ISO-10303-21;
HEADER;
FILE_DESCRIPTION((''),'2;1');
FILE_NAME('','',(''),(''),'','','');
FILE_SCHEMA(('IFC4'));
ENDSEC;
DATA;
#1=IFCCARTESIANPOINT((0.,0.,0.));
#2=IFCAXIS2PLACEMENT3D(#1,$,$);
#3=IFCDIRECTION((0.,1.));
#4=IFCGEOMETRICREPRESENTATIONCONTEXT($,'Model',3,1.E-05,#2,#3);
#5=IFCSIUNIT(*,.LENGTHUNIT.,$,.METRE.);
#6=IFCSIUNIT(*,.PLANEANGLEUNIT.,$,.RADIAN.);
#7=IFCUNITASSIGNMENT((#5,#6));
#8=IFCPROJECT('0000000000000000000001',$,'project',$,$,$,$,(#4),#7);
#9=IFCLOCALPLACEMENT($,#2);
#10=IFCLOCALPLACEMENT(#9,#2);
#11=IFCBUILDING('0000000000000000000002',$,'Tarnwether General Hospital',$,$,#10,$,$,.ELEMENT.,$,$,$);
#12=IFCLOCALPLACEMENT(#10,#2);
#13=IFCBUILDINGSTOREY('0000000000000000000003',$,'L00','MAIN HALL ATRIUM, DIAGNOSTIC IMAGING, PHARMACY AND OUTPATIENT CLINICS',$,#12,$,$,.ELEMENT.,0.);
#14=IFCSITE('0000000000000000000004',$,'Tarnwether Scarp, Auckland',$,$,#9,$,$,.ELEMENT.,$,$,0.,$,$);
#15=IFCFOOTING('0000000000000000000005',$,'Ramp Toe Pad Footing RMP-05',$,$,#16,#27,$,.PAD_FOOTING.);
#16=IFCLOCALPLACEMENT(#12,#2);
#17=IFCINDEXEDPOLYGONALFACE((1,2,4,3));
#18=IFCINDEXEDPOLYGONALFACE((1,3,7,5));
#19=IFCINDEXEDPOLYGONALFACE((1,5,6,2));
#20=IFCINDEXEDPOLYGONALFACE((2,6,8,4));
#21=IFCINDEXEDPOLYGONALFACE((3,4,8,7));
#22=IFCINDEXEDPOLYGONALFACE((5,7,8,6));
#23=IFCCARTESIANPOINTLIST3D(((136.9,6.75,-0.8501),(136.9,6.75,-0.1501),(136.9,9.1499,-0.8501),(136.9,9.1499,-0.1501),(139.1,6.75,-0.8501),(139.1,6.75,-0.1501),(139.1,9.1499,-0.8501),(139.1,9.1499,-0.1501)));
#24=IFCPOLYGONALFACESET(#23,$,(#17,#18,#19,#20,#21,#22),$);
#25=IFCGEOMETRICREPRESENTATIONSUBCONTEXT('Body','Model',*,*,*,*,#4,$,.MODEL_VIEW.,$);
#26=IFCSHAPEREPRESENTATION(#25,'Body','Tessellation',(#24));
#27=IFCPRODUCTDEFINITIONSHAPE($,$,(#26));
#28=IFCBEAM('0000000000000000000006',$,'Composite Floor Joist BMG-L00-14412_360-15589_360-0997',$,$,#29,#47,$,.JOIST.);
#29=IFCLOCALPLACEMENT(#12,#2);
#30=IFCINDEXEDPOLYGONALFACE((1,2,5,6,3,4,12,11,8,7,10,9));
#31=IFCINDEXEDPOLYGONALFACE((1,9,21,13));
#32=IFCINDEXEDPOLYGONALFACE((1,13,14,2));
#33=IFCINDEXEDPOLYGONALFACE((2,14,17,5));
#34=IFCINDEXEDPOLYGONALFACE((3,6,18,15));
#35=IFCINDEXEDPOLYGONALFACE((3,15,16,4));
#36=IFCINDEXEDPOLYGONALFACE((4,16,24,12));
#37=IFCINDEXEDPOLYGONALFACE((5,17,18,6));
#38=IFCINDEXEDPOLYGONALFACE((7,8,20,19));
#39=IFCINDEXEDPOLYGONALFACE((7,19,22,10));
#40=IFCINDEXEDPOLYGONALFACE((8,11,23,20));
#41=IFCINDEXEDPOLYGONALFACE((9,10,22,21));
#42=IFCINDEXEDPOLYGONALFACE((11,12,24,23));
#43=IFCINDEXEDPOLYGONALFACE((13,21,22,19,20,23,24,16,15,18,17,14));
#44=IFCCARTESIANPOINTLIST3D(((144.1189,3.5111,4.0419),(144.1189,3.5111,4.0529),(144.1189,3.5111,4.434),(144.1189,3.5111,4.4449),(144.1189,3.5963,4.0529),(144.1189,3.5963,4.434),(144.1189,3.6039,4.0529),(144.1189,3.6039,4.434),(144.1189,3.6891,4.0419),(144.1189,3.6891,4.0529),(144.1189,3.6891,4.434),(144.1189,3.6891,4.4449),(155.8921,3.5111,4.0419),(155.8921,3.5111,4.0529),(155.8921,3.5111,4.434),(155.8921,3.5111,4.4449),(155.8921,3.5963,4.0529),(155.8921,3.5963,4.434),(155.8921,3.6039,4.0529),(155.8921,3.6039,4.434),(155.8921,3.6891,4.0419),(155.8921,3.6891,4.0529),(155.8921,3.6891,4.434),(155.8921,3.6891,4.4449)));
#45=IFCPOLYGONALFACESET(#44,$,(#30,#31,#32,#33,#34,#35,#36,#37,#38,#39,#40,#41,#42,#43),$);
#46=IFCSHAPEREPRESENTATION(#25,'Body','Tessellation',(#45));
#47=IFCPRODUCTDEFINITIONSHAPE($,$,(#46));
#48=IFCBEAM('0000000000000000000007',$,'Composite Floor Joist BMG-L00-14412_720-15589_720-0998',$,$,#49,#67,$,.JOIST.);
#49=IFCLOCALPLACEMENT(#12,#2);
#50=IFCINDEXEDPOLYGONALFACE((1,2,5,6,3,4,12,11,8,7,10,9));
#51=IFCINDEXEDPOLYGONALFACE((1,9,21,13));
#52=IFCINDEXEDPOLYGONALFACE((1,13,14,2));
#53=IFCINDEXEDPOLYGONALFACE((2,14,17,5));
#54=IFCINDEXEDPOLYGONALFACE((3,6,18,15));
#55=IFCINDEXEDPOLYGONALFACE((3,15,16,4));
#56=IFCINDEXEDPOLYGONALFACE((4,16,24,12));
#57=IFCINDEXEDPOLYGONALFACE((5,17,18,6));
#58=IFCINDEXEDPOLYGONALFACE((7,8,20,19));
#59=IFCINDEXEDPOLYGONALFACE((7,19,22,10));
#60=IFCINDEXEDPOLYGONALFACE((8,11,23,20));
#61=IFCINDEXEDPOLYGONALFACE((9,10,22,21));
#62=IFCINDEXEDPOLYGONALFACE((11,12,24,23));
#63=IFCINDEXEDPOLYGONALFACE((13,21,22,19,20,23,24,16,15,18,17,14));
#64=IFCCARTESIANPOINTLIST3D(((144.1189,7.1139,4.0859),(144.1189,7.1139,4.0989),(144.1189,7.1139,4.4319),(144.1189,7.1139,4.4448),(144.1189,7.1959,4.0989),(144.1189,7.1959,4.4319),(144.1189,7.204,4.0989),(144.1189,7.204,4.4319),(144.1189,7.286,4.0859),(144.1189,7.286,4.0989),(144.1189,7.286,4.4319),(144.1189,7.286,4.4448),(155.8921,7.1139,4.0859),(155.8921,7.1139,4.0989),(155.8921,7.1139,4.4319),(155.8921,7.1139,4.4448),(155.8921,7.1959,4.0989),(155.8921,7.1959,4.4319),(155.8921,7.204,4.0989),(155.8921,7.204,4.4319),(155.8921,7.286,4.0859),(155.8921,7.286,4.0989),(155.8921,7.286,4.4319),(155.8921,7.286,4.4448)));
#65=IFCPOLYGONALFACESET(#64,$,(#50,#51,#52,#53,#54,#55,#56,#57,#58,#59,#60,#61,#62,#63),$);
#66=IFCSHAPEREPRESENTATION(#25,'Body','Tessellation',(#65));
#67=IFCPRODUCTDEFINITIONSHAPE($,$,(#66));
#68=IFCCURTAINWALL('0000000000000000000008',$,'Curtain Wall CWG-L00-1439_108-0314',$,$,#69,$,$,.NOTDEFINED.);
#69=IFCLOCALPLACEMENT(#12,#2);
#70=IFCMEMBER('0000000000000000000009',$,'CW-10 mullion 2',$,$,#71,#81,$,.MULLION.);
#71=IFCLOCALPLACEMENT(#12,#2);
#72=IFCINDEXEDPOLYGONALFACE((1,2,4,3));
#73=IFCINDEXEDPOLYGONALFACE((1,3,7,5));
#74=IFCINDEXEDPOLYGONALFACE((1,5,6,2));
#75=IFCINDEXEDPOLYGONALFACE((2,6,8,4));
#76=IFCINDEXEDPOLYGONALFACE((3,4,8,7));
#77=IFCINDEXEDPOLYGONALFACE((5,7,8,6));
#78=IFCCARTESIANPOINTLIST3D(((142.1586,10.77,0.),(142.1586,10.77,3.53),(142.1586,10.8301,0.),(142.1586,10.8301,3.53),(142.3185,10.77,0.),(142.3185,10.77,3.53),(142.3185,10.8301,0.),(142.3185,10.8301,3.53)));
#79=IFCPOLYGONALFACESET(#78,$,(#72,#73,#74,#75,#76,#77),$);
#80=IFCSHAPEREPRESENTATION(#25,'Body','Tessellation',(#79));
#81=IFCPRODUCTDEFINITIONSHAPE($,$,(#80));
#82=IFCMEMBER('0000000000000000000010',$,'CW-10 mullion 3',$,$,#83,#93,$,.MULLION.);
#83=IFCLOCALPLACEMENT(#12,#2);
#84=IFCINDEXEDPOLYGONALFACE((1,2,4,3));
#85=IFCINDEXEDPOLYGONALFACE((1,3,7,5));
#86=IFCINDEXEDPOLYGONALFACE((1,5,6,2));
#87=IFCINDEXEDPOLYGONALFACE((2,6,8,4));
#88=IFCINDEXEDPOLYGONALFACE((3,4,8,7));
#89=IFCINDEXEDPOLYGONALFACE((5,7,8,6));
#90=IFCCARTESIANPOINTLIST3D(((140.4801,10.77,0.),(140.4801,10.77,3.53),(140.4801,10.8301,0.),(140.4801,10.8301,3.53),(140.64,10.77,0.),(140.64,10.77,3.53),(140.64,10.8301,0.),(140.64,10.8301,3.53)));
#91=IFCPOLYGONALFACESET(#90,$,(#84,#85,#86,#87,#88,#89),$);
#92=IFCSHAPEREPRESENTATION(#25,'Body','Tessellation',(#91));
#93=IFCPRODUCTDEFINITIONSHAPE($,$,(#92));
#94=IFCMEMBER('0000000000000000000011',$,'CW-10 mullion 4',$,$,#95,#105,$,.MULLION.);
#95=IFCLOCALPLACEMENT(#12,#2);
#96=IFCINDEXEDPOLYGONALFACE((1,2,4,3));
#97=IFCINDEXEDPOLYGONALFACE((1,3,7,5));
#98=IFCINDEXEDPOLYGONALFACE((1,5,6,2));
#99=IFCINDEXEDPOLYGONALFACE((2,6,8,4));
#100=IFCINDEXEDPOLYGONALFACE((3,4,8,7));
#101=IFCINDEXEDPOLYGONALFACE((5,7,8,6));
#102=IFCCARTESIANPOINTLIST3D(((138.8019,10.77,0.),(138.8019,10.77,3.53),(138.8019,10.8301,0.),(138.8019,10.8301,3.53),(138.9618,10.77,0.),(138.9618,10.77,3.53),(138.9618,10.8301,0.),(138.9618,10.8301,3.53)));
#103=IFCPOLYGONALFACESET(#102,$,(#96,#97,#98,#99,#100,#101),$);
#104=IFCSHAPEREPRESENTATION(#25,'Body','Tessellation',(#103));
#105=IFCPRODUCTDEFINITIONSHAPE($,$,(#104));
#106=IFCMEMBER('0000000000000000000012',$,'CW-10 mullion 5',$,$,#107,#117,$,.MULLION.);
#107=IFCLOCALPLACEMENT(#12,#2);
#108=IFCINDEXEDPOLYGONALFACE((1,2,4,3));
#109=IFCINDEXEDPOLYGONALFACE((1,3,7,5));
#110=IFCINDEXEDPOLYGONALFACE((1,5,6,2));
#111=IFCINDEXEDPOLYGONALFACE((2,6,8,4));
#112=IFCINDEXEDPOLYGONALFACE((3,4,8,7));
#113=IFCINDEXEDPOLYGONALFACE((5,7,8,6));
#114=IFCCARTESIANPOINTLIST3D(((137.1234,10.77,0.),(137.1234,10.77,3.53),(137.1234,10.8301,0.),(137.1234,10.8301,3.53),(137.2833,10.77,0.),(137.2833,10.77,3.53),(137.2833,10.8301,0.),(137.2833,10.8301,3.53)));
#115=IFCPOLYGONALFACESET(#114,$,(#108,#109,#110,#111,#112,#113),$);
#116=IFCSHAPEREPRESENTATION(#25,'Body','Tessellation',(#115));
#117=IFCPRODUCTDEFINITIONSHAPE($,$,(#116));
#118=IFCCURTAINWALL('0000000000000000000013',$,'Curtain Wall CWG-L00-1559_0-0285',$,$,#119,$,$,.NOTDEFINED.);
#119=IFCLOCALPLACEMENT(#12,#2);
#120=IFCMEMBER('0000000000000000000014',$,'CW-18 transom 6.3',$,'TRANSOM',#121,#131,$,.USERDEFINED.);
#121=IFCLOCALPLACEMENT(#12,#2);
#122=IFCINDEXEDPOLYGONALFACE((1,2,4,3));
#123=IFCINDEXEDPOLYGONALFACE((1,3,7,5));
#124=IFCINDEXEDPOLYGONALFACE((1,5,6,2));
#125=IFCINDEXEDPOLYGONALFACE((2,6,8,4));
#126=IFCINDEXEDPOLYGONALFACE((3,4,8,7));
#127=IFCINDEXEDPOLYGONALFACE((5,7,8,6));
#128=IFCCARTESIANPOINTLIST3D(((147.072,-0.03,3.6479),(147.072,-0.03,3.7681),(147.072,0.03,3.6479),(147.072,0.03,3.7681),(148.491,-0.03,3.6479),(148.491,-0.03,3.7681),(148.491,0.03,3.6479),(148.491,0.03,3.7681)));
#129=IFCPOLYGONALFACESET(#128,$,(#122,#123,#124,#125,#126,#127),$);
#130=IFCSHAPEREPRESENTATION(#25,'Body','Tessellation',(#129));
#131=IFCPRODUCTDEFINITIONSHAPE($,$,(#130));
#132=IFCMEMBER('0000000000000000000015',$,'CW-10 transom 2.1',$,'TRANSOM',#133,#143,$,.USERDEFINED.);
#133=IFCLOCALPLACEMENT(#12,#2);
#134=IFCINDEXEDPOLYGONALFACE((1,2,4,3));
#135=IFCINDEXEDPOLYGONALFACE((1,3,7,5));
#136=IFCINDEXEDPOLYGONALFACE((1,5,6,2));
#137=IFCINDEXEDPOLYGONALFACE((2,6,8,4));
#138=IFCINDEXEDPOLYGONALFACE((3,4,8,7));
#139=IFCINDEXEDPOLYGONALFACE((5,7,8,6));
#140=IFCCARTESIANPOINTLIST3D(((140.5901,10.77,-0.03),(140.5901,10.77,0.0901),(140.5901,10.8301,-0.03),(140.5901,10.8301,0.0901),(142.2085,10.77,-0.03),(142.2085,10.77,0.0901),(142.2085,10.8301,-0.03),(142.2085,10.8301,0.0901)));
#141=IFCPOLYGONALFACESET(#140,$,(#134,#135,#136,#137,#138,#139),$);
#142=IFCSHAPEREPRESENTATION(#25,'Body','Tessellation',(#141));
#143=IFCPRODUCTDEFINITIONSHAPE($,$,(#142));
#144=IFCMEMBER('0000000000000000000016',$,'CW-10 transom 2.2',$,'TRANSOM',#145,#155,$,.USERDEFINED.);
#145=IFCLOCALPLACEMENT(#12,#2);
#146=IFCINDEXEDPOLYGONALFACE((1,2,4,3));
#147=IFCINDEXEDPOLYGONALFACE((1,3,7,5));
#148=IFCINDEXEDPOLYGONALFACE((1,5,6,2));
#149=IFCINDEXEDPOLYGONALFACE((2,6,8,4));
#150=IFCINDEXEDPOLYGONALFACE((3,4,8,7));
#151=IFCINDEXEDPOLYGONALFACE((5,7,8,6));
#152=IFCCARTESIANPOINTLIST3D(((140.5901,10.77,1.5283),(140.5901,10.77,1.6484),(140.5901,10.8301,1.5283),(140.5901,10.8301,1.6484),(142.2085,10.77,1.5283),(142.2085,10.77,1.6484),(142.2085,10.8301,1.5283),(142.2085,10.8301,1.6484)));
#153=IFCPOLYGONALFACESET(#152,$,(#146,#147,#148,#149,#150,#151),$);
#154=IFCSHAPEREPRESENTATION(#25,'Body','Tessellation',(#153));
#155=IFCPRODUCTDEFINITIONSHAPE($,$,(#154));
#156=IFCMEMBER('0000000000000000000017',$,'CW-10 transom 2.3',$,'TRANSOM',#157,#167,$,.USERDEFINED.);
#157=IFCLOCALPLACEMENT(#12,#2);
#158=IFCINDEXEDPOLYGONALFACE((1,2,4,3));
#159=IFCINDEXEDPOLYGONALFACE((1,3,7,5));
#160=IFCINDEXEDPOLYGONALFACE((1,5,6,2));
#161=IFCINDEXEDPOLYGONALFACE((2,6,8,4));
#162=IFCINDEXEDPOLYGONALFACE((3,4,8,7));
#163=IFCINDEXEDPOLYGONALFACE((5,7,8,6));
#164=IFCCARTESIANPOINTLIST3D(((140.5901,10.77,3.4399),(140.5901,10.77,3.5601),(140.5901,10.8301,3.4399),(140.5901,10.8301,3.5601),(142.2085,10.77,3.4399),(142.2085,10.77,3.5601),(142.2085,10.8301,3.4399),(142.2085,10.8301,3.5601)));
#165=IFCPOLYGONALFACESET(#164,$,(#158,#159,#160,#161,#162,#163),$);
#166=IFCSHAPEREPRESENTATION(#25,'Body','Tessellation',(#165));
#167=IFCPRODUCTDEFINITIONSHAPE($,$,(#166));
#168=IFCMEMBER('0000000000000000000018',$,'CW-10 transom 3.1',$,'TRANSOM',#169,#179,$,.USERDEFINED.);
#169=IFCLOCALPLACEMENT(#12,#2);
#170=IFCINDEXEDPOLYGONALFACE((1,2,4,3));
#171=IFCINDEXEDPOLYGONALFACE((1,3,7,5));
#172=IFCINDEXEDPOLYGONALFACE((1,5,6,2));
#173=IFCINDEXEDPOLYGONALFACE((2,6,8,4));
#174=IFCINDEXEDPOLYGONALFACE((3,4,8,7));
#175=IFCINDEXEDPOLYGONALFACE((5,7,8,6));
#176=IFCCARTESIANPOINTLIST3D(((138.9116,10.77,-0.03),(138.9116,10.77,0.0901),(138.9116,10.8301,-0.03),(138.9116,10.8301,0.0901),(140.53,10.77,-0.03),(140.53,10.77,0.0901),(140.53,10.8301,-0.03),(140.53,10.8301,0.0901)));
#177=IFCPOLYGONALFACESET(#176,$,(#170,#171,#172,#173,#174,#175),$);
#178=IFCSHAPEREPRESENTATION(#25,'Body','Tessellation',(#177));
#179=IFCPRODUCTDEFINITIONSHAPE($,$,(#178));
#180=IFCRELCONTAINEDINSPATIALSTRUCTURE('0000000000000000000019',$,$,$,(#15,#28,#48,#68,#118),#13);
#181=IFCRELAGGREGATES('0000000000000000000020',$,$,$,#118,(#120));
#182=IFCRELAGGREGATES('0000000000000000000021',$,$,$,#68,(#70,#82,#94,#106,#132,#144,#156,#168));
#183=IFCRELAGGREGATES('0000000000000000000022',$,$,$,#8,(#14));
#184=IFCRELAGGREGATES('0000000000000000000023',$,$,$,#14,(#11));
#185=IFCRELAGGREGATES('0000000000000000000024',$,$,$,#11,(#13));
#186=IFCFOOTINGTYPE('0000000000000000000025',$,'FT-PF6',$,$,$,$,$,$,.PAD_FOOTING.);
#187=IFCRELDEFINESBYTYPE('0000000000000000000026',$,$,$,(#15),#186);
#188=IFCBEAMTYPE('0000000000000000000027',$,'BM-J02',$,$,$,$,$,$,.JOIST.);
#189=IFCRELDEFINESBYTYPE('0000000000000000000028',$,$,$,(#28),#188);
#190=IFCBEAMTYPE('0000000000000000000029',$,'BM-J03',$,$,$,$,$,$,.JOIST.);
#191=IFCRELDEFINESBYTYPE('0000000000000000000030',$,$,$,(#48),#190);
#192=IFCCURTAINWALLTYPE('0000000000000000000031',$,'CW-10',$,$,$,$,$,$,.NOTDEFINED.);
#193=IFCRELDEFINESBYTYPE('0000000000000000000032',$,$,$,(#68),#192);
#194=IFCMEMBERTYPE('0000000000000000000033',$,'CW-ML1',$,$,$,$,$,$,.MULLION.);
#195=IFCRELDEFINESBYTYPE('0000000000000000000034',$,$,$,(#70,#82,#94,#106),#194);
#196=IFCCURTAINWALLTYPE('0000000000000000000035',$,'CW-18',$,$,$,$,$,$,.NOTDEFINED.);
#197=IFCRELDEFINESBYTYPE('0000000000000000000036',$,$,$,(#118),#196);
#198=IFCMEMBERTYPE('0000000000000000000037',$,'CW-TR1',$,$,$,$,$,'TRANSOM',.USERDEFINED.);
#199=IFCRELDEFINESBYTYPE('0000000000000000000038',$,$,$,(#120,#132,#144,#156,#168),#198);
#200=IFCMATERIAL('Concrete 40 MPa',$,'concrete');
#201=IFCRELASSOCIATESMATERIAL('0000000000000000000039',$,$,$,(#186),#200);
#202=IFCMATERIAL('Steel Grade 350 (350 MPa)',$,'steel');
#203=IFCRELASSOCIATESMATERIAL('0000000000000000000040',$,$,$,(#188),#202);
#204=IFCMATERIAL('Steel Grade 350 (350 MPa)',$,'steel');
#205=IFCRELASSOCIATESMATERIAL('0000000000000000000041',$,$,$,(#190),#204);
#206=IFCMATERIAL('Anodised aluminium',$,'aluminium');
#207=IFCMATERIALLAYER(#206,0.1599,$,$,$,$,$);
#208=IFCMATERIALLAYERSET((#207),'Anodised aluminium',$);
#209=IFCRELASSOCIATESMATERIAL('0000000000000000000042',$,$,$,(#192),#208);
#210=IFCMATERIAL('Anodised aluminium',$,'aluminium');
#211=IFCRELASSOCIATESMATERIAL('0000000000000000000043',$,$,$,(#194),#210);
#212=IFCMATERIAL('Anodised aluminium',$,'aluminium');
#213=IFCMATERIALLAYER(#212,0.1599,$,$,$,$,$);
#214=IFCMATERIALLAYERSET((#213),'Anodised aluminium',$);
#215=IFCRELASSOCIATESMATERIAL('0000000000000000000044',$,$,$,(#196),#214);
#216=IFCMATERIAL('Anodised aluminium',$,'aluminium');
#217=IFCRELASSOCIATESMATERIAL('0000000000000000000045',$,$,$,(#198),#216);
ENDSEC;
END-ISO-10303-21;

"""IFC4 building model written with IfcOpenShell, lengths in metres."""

from ifc_helpers import new_model, si_unit, direction, frame, origin, origin_2d, place, context, subcontext, project, spatial, rectangle, i_section, extrude, material, layer, layer_set, material_profile, profile_set, type_object, element, aggregate, save


model = new_model("IFC4")

# Units and contexts
model_context = context("Model", 3, precision=1e-05, world=origin(), true_north=direction((0.0, 1.0)))
body_context = subcontext(model_context, "Body", "Model", "MODEL_VIEW")
ifc_project = project(units=[si_unit("LENGTHUNIT", "METRE"), si_unit("PLANEANGLEUNIT", "RADIAN")], contexts=[model_context])

# Site, building, storey
site_placement = place(None, origin())
site = spatial("IfcSite", under=ifc_project, at=site_placement, Name="Tarnwether Scarp, Auckland", CompositionType="ELEMENT", RefElevation=0.0)
building_placement = place(site_placement, origin())
building = spatial("IfcBuilding", under=site, at=building_placement, Name="Tarnwether General Hospital", CompositionType="ELEMENT")
storey_placement = place(building_placement, origin())
storey = spatial("IfcBuildingStorey", under=building, at=storey_placement, Name="L00", Description="MAIN HALL ATRIUM, DIAGNOSTIC IMAGING, PHARMACY AND OUTPATIENT CLINICS", CompositionType="ELEMENT", Elevation=0.0)

# Footing
ifc_material_1 = material(Name="Concrete 40 MPa", Category="concrete")
footing_type = type_object("IfcFootingType", Name="FT-PF6", PredefinedType="PAD_FOOTING", material=ifc_material_1)
footing_placement = place(storey_placement, frame((138.0, 7.95, -0.8501), z_axis=(0.0, 0.0, 1.0), x_axis=(0.0, 1.0, 0.0)))
element("IfcFooting", 1, at=footing_placement, inside=storey, type_object=footing_type, Name="Ramp Toe Pad Footing RMP-05", PredefinedType="PAD_FOOTING", context=body_context, shape_type="SweptSolid", body=[
    extrude(rectangle(XDim=2.3999, YDim=2.2, at=origin_2d()), origin(), (0.0, 0.0, 1.0), 0.7),
])

# Beams
ifc_material_2 = material(Name="Steel Grade 350 (350 MPa)", Category="steel")
ifc_material_profile_1 = material_profile(ifc_material_2, i_section(OverallWidth=0.178, OverallDepth=0.4031, WebThickness=0.0076, FlangeThickness=0.011, at=origin_2d()), Name="410UB53.7")
ifc_profile_set_1 = profile_set([ifc_material_profile_1], Name="Steel Grade 350 (350 MPa)")
beam_type_1 = type_object("IfcBeamType", Name="BM-J02", PredefinedType="JOIST", material=ifc_profile_set_1)
beam_1_placement = place(storey_placement, frame((144.1189, 3.6001, 4.2434), z_axis=(1.0, 0.0, 0.0), x_axis=(0.0, 1.0, 0.0)))
element("IfcBeam", 2, at=beam_1_placement, inside=storey, type_object=beam_type_1, Name="Composite Floor Joist BMG-L00-14412_360-15589_360-0997", PredefinedType="JOIST", context=body_context, shape_type="SweptSolid", body=[
    extrude(i_section(OverallWidth=0.178, OverallDepth=0.4031, WebThickness=0.0076, FlangeThickness=0.011, at=origin_2d()), origin(), (0.0, 0.0, 1.0), 11.7732),
])
ifc_material_3 = material(Name="Steel Grade 350 (350 MPa)", Category="steel")
ifc_material_profile_2 = material_profile(ifc_material_3, i_section(OverallWidth=0.1721, OverallDepth=0.3589, WebThickness=0.0081, FlangeThickness=0.0129, at=origin_2d()), Name="360UB56.7")
ifc_profile_set_2 = profile_set([ifc_material_profile_2], Name="Steel Grade 350 (350 MPa)")
beam_type_2 = type_object("IfcBeamType", Name="BM-J03", PredefinedType="JOIST", material=ifc_profile_set_2)
beam_2_placement = place(storey_placement, frame((144.1189, 7.2, 4.2654), z_axis=(1.0, 0.0, 0.0), x_axis=(0.0, 1.0, 0.0)))
element("IfcBeam", 3, at=beam_2_placement, inside=storey, type_object=beam_type_2, Name="Composite Floor Joist BMG-L00-14412_720-15589_720-0998", PredefinedType="JOIST", context=body_context, shape_type="SweptSolid", body=[
    extrude(i_section(OverallWidth=0.1721, OverallDepth=0.3589, WebThickness=0.0081, FlangeThickness=0.0129, at=origin_2d()), origin(), (0.0, 0.0, 1.0), 11.7732),
])

# Curtain wall, members
ifc_material_4 = material(Name="Anodised aluminium", Category="aluminium")
ifc_layer_1 = layer(ifc_material_4, 0.1599)
ifc_layer_set_1 = layer_set([ifc_layer_1], Name="Anodised aluminium")
curtain_wall_type_1 = type_object("IfcCurtainWallType", Name="CW-10", PredefinedType="NOTDEFINED", material=ifc_layer_set_1)
curtain_wall_1_placement = place(storey_placement, origin())
curtain_wall_1 = element("IfcCurtainWall", 4, at=curtain_wall_1_placement, inside=storey, type_object=curtain_wall_type_1, Name="Curtain Wall CWG-L00-1439_108-0314", PredefinedType="NOTDEFINED")
ifc_material_5 = material(Name="Anodised aluminium", Category="aluminium")
ifc_material_profile_3 = material_profile(ifc_material_5, rectangle(XDim=0.0601, YDim=0.1599, at=origin_2d()), Name="ALU-MUL-60x160")
ifc_profile_set_3 = profile_set([ifc_material_profile_3], Name="Anodised aluminium")
member_type_1 = type_object("IfcMemberType", Name="CW-ML1", PredefinedType="MULLION", material=ifc_profile_set_3)
member_1_placement = place(storey_placement, frame((142.2385, 10.8, 0.0), z_axis=(0.0, 0.0, 1.0), x_axis=(0.0, -1.0, 0.0)))
member_1 = element("IfcMember", 5, at=member_1_placement, type_object=member_type_1, Name="CW-10 mullion 2", PredefinedType="MULLION", context=body_context, shape_type="SweptSolid", body=[
    extrude(rectangle(XDim=0.0601, YDim=0.1599, at=origin_2d()), origin(), (0.0, 0.0, 1.0), 3.53),
])
member_2_placement = place(storey_placement, frame((140.5601, 10.8, 0.0), z_axis=(0.0, 0.0, 1.0), x_axis=(0.0, -1.0, 0.0)))
member_2 = element("IfcMember", 6, at=member_2_placement, type_object=member_type_1, Name="CW-10 mullion 3", PredefinedType="MULLION", context=body_context, shape_type="SweptSolid", body=[
    extrude(rectangle(XDim=0.0601, YDim=0.1599, at=origin_2d()), origin(), (0.0, 0.0, 1.0), 3.53),
])
member_3_placement = place(storey_placement, frame((138.8818, 10.8, 0.0), z_axis=(0.0, 0.0, 1.0), x_axis=(0.0, -1.0, 0.0)))
member_3 = element("IfcMember", 7, at=member_3_placement, type_object=member_type_1, Name="CW-10 mullion 4", PredefinedType="MULLION", context=body_context, shape_type="SweptSolid", body=[
    extrude(rectangle(XDim=0.0601, YDim=0.1599, at=origin_2d()), origin(), (0.0, 0.0, 1.0), 3.53),
])
member_4_placement = place(storey_placement, frame((137.2034, 10.8, 0.0), z_axis=(0.0, 0.0, 1.0), x_axis=(0.0, -1.0, 0.0)))
member_4 = element("IfcMember", 8, at=member_4_placement, type_object=member_type_1, Name="CW-10 mullion 5", PredefinedType="MULLION", context=body_context, shape_type="SweptSolid", body=[
    extrude(rectangle(XDim=0.0601, YDim=0.1599, at=origin_2d()), origin(), (0.0, 0.0, 1.0), 3.53),
])

# Curtain wall, member
ifc_material_6 = material(Name="Anodised aluminium", Category="aluminium")
ifc_layer_2 = layer(ifc_material_6, 0.1599)
ifc_layer_set_2 = layer_set([ifc_layer_2], Name="Anodised aluminium")
curtain_wall_type_2 = type_object("IfcCurtainWallType", Name="CW-18", PredefinedType="NOTDEFINED", material=ifc_layer_set_2)
curtain_wall_2_placement = place(storey_placement, origin())
curtain_wall_2 = element("IfcCurtainWall", 9, at=curtain_wall_2_placement, inside=storey, type_object=curtain_wall_type_2, Name="Curtain Wall CWG-L00-1559_0-0285", PredefinedType="NOTDEFINED")
ifc_material_7 = material(Name="Anodised aluminium", Category="aluminium")
ifc_material_profile_4 = material_profile(ifc_material_7, rectangle(XDim=0.0601, YDim=0.1201, at=origin_2d()), Name="ALU-TRN-60x120")
ifc_profile_set_4 = profile_set([ifc_material_profile_4], Name="Anodised aluminium")
member_type_2 = type_object("IfcMemberType", Name="CW-TR1", ElementType="TRANSOM", PredefinedType="USERDEFINED", material=ifc_profile_set_4)
member_5_placement = place(storey_placement, frame((148.491, 0.0, 3.708), z_axis=(-1.0, 0.0, 0.0), x_axis=(0.0, -1.0, 0.0)))
member_5 = element("IfcMember", 10, at=member_5_placement, type_object=member_type_2, Name="CW-18 transom 6.3", ObjectType="TRANSOM", PredefinedType="USERDEFINED", context=body_context, shape_type="SweptSolid", body=[
    extrude(rectangle(XDim=0.0601, YDim=0.1201, at=origin_2d()), origin(), (0.0, 0.0, 1.0), 1.4189),
])
aggregate(curtain_wall_2, [member_5])

# Members
member_6_placement = place(storey_placement, frame((142.2085, 10.8, 0.03), z_axis=(-1.0, 0.0, 0.0), x_axis=(0.0, -1.0, 0.0)))
member_6 = element("IfcMember", 11, at=member_6_placement, type_object=member_type_2, Name="CW-10 transom 2.1", ObjectType="TRANSOM", PredefinedType="USERDEFINED", context=body_context, shape_type="SweptSolid", body=[
    extrude(rectangle(XDim=0.0601, YDim=0.1201, at=origin_2d()), origin(), (0.0, 0.0, 1.0), 1.6184),
])
member_7_placement = place(storey_placement, frame((142.2085, 10.8, 1.5884), z_axis=(-1.0, 0.0, 0.0), x_axis=(0.0, -1.0, 0.0)))
member_7 = element("IfcMember", 12, at=member_7_placement, type_object=member_type_2, Name="CW-10 transom 2.2", ObjectType="TRANSOM", PredefinedType="USERDEFINED", context=body_context, shape_type="SweptSolid", body=[
    extrude(rectangle(XDim=0.0601, YDim=0.1201, at=origin_2d()), origin(), (0.0, 0.0, 1.0), 1.6184),
])
member_8_placement = place(storey_placement, frame((142.2085, 10.8, 3.5), z_axis=(-1.0, 0.0, 0.0), x_axis=(0.0, -1.0, 0.0)))
member_8 = element("IfcMember", 13, at=member_8_placement, type_object=member_type_2, Name="CW-10 transom 2.3", ObjectType="TRANSOM", PredefinedType="USERDEFINED", context=body_context, shape_type="SweptSolid", body=[
    extrude(rectangle(XDim=0.0601, YDim=0.1201, at=origin_2d()), origin(), (0.0, 0.0, 1.0), 1.6184),
])
member_9_placement = place(storey_placement, frame((140.53, 10.8, 0.03), z_axis=(-1.0, 0.0, 0.0), x_axis=(0.0, -1.0, 0.0)))
member_9 = element("IfcMember", 14, at=member_9_placement, type_object=member_type_2, Name="CW-10 transom 3.1", ObjectType="TRANSOM", PredefinedType="USERDEFINED", context=body_context, shape_type="SweptSolid", body=[
    extrude(rectangle(XDim=0.0601, YDim=0.1201, at=origin_2d()), origin(), (0.0, 0.0, 1.0), 1.6184),
])

aggregate(curtain_wall_1, [member_1, member_2, member_3, member_4, member_6, member_7, member_8, member_9])

save(model, "model.ifc")
